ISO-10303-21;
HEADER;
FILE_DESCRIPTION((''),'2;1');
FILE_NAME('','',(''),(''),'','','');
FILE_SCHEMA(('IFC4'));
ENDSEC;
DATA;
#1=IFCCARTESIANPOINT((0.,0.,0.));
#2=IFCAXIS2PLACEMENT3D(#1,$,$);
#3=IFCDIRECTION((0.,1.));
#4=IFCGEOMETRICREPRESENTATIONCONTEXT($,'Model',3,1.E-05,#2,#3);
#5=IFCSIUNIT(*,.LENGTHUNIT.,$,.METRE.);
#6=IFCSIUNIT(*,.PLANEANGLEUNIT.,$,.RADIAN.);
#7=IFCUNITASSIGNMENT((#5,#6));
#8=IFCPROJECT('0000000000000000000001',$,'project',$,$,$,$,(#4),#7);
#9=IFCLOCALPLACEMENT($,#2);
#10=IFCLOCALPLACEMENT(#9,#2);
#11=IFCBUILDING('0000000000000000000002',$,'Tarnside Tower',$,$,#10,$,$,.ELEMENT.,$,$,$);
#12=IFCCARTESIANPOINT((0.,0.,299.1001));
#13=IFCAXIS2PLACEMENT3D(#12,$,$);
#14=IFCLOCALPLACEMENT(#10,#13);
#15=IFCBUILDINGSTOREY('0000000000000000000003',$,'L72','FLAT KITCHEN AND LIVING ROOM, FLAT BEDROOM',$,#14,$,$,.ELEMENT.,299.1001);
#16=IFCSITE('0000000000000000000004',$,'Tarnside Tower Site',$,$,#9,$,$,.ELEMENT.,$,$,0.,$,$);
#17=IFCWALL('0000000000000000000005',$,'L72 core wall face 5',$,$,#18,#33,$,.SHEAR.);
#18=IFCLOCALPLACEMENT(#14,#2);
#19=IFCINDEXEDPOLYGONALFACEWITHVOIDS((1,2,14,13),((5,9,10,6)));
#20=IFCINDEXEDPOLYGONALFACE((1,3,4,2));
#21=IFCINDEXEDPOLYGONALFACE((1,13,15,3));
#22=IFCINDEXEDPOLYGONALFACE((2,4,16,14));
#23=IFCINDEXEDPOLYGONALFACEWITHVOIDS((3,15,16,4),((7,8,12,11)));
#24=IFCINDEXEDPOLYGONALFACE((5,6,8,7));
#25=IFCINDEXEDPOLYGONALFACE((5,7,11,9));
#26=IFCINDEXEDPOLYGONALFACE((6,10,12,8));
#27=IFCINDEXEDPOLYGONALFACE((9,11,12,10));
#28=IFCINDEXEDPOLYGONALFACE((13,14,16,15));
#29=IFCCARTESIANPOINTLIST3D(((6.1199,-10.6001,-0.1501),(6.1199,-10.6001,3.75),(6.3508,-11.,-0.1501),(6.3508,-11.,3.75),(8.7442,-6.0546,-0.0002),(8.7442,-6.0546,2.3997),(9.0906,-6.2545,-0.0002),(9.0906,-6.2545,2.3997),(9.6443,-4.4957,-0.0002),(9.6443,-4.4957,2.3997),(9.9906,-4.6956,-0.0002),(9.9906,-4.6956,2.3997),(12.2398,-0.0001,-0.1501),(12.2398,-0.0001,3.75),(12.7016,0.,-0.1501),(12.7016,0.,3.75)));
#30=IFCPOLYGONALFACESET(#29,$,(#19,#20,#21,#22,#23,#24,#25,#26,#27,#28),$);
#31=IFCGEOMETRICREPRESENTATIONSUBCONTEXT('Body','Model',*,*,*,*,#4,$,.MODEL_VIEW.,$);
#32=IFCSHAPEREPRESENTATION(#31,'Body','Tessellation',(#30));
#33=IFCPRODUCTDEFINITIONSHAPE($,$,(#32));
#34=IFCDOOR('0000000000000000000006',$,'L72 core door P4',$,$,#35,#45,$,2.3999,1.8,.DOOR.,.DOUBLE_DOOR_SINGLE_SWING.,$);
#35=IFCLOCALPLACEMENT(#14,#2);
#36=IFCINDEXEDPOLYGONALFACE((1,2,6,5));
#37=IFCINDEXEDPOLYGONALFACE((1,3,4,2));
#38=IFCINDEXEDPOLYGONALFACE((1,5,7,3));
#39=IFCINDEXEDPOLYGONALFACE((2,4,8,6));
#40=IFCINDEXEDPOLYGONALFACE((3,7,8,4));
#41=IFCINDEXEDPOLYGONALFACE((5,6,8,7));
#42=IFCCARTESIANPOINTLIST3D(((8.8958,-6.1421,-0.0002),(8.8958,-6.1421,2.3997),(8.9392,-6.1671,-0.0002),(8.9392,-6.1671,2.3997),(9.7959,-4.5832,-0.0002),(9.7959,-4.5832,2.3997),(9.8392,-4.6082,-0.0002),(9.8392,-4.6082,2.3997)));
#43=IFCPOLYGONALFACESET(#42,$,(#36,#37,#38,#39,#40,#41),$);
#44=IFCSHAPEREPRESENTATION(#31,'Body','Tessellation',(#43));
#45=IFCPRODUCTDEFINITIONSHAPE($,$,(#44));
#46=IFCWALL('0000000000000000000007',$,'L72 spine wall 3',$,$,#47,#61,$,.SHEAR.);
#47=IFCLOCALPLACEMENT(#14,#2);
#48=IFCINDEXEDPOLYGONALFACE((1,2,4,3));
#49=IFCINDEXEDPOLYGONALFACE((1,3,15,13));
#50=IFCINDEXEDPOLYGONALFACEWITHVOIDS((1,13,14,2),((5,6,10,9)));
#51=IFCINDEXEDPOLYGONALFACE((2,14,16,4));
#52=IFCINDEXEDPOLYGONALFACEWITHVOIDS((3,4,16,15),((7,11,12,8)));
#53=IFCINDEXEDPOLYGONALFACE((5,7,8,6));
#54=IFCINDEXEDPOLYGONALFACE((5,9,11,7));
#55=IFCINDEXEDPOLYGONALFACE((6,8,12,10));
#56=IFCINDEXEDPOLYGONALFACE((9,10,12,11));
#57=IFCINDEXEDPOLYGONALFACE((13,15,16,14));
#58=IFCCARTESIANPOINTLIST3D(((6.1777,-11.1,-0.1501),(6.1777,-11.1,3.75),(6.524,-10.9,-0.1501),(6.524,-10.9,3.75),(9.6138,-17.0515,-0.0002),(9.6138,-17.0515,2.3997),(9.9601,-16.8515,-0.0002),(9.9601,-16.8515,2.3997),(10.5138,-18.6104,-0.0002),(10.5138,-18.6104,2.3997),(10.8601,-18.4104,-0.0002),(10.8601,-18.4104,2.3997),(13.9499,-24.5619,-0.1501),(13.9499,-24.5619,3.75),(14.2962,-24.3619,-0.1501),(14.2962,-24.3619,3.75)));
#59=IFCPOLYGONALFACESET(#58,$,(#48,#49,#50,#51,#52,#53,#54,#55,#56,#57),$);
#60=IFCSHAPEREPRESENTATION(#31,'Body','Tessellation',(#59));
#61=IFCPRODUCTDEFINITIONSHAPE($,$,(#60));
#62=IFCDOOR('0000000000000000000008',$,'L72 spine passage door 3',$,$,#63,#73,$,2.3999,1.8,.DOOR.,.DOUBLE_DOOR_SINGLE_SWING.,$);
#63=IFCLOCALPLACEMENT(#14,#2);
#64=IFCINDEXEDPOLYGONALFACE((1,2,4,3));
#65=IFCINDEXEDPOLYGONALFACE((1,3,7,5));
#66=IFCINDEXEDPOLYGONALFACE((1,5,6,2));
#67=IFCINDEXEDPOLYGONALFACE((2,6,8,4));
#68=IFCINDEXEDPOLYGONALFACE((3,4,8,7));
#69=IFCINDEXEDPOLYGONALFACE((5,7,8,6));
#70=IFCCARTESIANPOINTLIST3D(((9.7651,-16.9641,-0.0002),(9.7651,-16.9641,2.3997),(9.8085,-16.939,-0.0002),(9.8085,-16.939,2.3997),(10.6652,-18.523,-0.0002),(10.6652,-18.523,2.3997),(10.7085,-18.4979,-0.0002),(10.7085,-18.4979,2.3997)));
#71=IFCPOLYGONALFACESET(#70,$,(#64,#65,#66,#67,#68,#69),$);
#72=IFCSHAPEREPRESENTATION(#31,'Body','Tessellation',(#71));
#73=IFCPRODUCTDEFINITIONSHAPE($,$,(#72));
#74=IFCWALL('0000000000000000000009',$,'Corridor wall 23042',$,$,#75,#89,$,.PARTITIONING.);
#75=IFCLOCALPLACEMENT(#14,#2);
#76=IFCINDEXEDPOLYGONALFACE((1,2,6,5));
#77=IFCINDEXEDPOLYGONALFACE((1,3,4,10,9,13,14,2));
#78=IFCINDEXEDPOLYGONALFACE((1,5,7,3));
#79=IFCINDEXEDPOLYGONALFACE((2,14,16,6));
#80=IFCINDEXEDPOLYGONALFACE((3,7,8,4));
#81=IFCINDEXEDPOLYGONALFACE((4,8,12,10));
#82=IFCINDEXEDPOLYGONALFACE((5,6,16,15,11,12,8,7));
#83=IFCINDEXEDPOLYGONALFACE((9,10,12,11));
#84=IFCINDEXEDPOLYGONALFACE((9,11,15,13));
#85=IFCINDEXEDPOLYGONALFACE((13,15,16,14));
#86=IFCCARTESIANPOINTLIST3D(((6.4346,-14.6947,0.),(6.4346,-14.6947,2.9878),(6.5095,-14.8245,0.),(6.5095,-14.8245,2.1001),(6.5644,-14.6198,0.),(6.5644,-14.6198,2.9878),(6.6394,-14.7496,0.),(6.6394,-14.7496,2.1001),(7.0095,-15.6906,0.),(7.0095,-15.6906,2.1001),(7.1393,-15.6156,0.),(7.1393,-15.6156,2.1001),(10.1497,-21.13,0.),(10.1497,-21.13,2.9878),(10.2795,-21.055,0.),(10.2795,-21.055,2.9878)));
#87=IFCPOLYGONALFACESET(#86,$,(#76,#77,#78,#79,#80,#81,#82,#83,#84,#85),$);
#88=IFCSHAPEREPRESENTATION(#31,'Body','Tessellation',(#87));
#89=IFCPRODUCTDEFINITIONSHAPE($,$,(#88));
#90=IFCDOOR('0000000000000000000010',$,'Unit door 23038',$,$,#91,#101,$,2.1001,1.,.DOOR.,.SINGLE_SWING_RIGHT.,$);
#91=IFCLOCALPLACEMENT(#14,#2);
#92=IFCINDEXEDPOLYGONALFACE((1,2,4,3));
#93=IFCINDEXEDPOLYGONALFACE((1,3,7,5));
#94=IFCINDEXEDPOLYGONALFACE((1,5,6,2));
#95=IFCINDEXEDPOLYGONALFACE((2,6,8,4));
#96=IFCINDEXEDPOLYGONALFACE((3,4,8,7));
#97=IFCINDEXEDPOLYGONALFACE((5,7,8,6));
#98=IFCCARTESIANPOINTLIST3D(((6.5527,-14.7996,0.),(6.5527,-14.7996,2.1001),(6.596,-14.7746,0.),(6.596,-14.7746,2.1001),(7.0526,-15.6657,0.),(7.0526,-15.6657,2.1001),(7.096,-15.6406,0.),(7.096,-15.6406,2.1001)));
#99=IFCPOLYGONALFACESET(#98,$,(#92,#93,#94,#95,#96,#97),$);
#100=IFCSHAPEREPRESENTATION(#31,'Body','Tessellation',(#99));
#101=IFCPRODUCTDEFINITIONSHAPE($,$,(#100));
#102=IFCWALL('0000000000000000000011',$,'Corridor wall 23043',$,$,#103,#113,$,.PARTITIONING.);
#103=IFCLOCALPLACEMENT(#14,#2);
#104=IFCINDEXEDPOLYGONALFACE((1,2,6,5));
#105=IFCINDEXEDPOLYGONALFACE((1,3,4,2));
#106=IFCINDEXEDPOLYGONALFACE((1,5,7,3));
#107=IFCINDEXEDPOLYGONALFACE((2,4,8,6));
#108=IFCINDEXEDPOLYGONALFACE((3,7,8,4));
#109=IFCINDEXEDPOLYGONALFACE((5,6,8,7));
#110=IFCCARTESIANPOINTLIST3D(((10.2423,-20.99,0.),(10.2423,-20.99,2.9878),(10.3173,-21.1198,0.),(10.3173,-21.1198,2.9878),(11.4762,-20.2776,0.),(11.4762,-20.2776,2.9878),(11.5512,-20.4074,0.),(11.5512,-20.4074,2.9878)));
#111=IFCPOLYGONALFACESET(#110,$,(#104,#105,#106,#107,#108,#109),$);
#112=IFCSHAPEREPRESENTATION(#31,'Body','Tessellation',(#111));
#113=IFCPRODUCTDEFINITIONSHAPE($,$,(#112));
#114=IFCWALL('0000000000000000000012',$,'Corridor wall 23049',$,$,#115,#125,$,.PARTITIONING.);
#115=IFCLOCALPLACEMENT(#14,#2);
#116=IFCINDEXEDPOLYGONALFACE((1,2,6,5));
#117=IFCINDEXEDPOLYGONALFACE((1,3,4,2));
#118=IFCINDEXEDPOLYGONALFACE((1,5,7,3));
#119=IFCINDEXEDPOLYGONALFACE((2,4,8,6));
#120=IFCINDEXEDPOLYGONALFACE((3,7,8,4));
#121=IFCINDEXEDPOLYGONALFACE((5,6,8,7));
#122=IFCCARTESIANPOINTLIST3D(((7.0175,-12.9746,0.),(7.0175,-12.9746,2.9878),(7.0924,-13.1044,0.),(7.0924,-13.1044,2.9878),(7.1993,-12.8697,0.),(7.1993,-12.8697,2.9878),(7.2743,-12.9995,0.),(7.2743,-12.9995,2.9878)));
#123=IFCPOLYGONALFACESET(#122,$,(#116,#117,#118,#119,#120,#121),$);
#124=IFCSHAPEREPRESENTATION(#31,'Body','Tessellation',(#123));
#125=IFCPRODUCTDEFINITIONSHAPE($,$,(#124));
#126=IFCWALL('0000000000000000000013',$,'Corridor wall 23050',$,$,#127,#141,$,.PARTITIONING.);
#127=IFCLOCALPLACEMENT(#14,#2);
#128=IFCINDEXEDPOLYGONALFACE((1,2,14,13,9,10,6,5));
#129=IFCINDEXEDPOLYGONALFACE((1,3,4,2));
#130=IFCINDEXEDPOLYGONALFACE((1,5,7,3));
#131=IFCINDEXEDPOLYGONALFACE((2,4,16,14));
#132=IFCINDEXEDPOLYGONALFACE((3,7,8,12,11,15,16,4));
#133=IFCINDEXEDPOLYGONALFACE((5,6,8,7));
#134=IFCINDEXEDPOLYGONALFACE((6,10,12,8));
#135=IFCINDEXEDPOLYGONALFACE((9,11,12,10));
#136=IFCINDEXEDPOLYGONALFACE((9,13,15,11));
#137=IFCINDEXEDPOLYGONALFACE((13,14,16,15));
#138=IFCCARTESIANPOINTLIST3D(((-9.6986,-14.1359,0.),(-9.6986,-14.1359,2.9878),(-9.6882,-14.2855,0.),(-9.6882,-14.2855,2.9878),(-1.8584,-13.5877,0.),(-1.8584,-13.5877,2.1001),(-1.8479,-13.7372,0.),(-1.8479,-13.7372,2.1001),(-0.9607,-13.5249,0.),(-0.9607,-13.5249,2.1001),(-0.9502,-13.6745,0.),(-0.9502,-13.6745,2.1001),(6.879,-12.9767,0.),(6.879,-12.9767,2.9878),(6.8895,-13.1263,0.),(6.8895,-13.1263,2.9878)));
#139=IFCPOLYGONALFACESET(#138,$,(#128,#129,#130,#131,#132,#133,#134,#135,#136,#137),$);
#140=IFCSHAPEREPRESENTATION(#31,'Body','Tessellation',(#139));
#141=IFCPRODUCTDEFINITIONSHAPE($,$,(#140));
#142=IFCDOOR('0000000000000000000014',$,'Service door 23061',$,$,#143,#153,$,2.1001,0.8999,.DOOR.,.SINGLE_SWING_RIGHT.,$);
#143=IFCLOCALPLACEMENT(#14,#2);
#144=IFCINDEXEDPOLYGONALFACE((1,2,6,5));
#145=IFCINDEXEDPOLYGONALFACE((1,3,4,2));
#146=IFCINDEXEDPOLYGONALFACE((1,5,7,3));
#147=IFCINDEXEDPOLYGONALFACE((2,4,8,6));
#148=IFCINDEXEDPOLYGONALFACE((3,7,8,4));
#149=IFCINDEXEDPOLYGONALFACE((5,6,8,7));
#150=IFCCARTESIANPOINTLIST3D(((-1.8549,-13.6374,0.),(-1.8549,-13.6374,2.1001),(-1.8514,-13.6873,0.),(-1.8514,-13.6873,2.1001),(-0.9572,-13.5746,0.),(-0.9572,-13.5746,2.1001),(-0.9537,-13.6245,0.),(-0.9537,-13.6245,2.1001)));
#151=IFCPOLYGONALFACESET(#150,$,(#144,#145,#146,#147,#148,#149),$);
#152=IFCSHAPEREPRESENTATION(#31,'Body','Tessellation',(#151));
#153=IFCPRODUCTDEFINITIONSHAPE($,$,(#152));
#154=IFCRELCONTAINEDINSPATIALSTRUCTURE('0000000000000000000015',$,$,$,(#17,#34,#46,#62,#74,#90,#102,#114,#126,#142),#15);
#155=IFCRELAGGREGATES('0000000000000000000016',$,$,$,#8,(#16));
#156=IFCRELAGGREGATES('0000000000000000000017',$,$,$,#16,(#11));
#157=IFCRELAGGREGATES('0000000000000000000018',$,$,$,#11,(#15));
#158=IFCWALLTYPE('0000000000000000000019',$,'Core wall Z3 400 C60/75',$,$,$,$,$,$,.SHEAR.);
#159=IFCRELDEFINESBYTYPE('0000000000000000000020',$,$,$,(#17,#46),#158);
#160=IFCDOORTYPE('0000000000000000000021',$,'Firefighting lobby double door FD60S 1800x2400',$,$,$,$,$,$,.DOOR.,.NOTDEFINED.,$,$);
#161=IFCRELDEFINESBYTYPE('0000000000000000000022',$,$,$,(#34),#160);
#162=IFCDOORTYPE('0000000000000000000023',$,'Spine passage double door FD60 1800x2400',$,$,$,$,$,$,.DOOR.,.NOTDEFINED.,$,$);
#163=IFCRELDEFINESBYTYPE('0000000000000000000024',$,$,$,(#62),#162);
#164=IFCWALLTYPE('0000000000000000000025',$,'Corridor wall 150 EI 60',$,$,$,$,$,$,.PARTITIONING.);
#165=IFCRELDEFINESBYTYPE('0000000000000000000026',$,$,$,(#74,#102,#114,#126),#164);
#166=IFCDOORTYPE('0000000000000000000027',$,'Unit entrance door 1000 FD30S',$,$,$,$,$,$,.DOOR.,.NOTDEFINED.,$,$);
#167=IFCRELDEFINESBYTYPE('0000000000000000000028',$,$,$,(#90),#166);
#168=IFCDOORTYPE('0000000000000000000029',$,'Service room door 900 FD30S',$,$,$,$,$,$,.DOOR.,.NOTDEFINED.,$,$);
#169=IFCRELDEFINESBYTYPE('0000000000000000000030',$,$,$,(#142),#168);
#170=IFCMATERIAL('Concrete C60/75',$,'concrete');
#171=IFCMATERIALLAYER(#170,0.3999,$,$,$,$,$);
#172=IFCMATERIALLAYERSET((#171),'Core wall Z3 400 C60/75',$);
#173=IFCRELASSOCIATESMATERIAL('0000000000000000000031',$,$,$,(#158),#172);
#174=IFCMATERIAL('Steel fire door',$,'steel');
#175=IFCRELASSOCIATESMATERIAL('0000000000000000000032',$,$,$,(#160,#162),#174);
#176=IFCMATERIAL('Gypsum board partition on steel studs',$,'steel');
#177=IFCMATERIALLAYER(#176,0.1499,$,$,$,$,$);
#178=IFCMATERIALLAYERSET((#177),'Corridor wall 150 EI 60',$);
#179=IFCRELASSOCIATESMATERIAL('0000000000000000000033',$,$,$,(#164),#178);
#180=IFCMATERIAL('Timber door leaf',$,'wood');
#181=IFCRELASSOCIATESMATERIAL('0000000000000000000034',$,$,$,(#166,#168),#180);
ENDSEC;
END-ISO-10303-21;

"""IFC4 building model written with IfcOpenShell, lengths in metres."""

from ifc_helpers import new_model, si_unit, direction, frame, frame_2d, origin, place, context, subcontext, project, spatial, polyline, rectangle, outline, extrude, material, layer, layer_set, type_object, element, fill, save


model = new_model("IFC4")

# Units and contexts
model_context = context("Model", 3, precision=1e-05, world=origin(), true_north=direction((0.0, 1.0)))
body_context = subcontext(model_context, "Body", "Model", "MODEL_VIEW")
ifc_project = project(units=[si_unit("LENGTHUNIT", "METRE"), si_unit("PLANEANGLEUNIT", "RADIAN")], contexts=[model_context])

# Site, building, storey
site_placement = place(None, origin())
site = spatial("IfcSite", under=ifc_project, at=site_placement, Name="Tarnside Tower Site", CompositionType="ELEMENT", RefElevation=0.0)
building_placement = place(site_placement, origin())
building = spatial("IfcBuilding", under=site, at=building_placement, Name="Tarnside Tower", CompositionType="ELEMENT")
storey_placement = place(building_placement, frame((0.0, 0.0, 299.1001)))
storey = spatial("IfcBuildingStorey", under=building, at=storey_placement, Name="L72", Description="FLAT KITCHEN AND LIVING ROOM, FLAT BEDROOM", CompositionType="ELEMENT", Elevation=299.1001)

# Walls, openings, doors
ifc_material_1 = material(Name="Concrete C60/75", Category="concrete")
ifc_layer_1 = layer(ifc_material_1, 0.3999)
ifc_layer_set_1 = layer_set([ifc_layer_1], Name="Core wall Z3 400 C60/75")
wall_type_1 = type_object("IfcWallType", Name="Core wall Z3 400 C60/75", PredefinedType="SHEAR", material=ifc_layer_set_1)
wall_1_placement = place(storey_placement, frame((6.2354, -10.8, -0.1501), z_axis=(0.0, 0.0, 1.0), x_axis=(0.499996, 0.866027, 0.0)))
wall_1 = element("IfcWall", 1, at=wall_1_placement, inside=storey, type_object=wall_type_1, Name="L72 core wall face 5", PredefinedType="SHEAR", context=body_context, shape_type="SweptSolid", body=[
    extrude(outline(polyline([(-0.1155, -0.2), (12.5862, -0.2), (12.3552, 0.2), (0.1155, 0.2), (-0.1155, -0.2)])), origin(), (0.0, 0.0, 1.0), 3.9001),
])
opening_1_placement = place(wall_1_placement, frame((5.3643, 0.0, 0.1499)))
opening_1 = element("IfcOpeningElement", 2, at=opening_1_placement, cuts=wall_1, PredefinedType="OPENING", context=body_context, shape_type="SweptSolid", body=[
    extrude(rectangle(XDim=1.8, YDim=2.3999, at=frame_2d((0.8999, 1.2))), frame((0.0, 0.21, 0.0), z_axis=(0.0, -1.0, 0.0), x_axis=(1.0, 0.0, 0.0)), (0.0, 0.0, 1.0), 0.4199),
])
ifc_material_2 = material(Name="Steel fire door", Category="steel")
door_type_1 = type_object("IfcDoorType", Name="Firefighting lobby double door FD60S 1800x2400", OperationType="NOTDEFINED", PredefinedType="DOOR", material=ifc_material_2)
door_1_placement = place(opening_1_placement, origin())
door_1 = element("IfcDoor", 3, at=door_1_placement, inside=storey, type_object=door_type_1, Name="L72 core door P4", OperationType="DOUBLE_DOOR_SINGLE_SWING", OverallHeight=2.3999, OverallWidth=1.8, PredefinedType="DOOR", context=body_context, shape_type="SweptSolid", body=[
    extrude(rectangle(XDim=1.8, YDim=2.3999, at=frame_2d((0.8999, 1.2))), frame((0.0, 0.0249, 0.0), z_axis=(0.0, -1.0, 0.0), x_axis=(1.0, 0.0, 0.0)), (0.0, 0.0, 1.0), 0.05),
])
fill(opening_1, door_1)
wall_2_placement = place(storey_placement, frame((6.3508, -11.0, -0.1501), z_axis=(0.0, 0.0, 1.0), x_axis=(0.499999, -0.866026, 0.0)))
wall_2 = element("IfcWall", 4, at=wall_2_placement, inside=storey, type_object=wall_type_1, Name="L72 spine wall 3", PredefinedType="SHEAR", context=body_context, shape_type="SweptSolid", body=[
    extrude(rectangle(XDim=15.5444, YDim=0.3999, at=frame_2d((7.7722, 0.0))), origin(), (0.0, 0.0, 1.0), 3.9001),
])
opening_2_placement = place(wall_2_placement, frame((6.8723, 0.0, 0.1499)))
opening_2 = element("IfcOpeningElement", 5, at=opening_2_placement, cuts=wall_2, PredefinedType="OPENING", context=body_context, shape_type="SweptSolid", body=[
    extrude(rectangle(XDim=1.8, YDim=2.3999, at=frame_2d((0.8999, 1.2))), frame((0.0, 0.21, 0.0), z_axis=(0.0, -1.0, 0.0), x_axis=(1.0, 0.0, 0.0)), (0.0, 0.0, 1.0), 0.4199),
])
door_type_2 = type_object("IfcDoorType", Name="Spine passage double door FD60 1800x2400", OperationType="NOTDEFINED", PredefinedType="DOOR", material=ifc_material_2)
door_2_placement = place(opening_2_placement, origin())
door_2 = element("IfcDoor", 6, at=door_2_placement, inside=storey, type_object=door_type_2, Name="L72 spine passage door 3", OperationType="DOUBLE_DOOR_SINGLE_SWING", OverallHeight=2.3999, OverallWidth=1.8, PredefinedType="DOOR", context=body_context, shape_type="SweptSolid", body=[
    extrude(rectangle(XDim=1.8, YDim=2.3999, at=frame_2d((0.8999, 1.2))), frame((0.0, 0.0249, 0.0), z_axis=(0.0, -1.0, 0.0), x_axis=(1.0, 0.0, 0.0)), (0.0, 0.0, 1.0), 0.05),
])
fill(opening_2, door_2)
ifc_material_3 = material(Name="Gypsum board partition on steel studs", Category="steel")
ifc_layer_2 = layer(ifc_material_3, 0.1499)
ifc_layer_set_2 = layer_set([ifc_layer_2], Name="Corridor wall 150 EI 60")
wall_type_2 = type_object("IfcWallType", Name="Corridor wall 150 EI 60", PredefinedType="PARTITIONING", material=ifc_layer_set_2)
wall_3_placement = place(storey_placement, frame((6.4995, -14.6572, 0.0), z_axis=(0.0, 0.0, 1.0), x_axis=(0.499966, -0.866045, 0.0)))
wall_3 = element("IfcWall", 7, at=wall_3_placement, inside=storey, type_object=wall_type_2, Name="Corridor wall 23042", PredefinedType="PARTITIONING", context=body_context, shape_type="SweptSolid", body=[
    extrude(rectangle(XDim=7.4307, YDim=0.1499, at=frame_2d((3.7153, 0.0))), origin(), (0.0, 0.0, 1.0), 2.9878),
])
opening_3_placement = place(wall_3_placement, frame((0.1499, 0.0, 0.0)))
opening_3 = element("IfcOpeningElement", 8, at=opening_3_placement, cuts=wall_3, PredefinedType="OPENING", context=body_context, shape_type="SweptSolid", body=[
    extrude(rectangle(XDim=1.0, YDim=2.1001, at=frame_2d((0.5, 1.05))), frame((0.0, 0.085, 0.0), z_axis=(0.0, -1.0, 0.0), x_axis=(1.0, 0.0, 0.0)), (0.0, 0.0, 1.0), 0.1699),
])
ifc_material_4 = material(Name="Timber door leaf", Category="wood")
door_type_3 = type_object("IfcDoorType", Name="Unit entrance door 1000 FD30S", OperationType="NOTDEFINED", PredefinedType="DOOR", material=ifc_material_4)
door_3_placement = place(opening_3_placement, origin())
door_3 = element("IfcDoor", 9, at=door_3_placement, inside=storey, type_object=door_type_3, Name="Unit door 23038", OperationType="SINGLE_SWING_RIGHT", OverallHeight=2.1001, OverallWidth=1.0, PredefinedType="DOOR", context=body_context, shape_type="SweptSolid", body=[
    extrude(rectangle(XDim=1.0, YDim=2.1001, at=frame_2d((0.5, 1.05))), frame((0.0, 0.0249, 0.0), z_axis=(0.0, -1.0, 0.0), x_axis=(1.0, 0.0, 0.0)), (0.0, 0.0, 1.0), 0.05),
])
fill(opening_3, door_3)

# Walls
wall_4_placement = place(storey_placement, frame((10.2798, -21.0549, 0.0), z_axis=(0.0, 0.0, 1.0), x_axis=(0.86602, 0.500009, 0.0)))
element("IfcWall", 10, at=wall_4_placement, inside=storey, type_object=wall_type_2, Name="Corridor wall 23043", PredefinedType="PARTITIONING", context=body_context, shape_type="SweptSolid", body=[
    extrude(rectangle(XDim=1.4248, YDim=0.1499, at=frame_2d((0.7124, 0.0))), origin(), (0.0, 0.0, 1.0), 2.9878),
])
wall_5_placement = place(storey_placement, frame((7.2368, -12.9346, 0.0), z_axis=(0.0, 0.0, 1.0), x_axis=(-0.866089, -0.49989, 0.0)))
element("IfcWall", 11, at=wall_5_placement, inside=storey, type_object=wall_type_2, Name="Corridor wall 23049", PredefinedType="PARTITIONING", context=body_context, shape_type="SweptSolid", body=[
    extrude(rectangle(XDim=0.21, YDim=0.1499, at=frame_2d((0.105, 0.0))), origin(), (0.0, 0.0, 1.0), 2.9878),
])

# Wall, opening, door
wall_6_placement = place(storey_placement, frame((6.8843, -13.0515, 0.0), z_axis=(0.0, 0.0, 1.0), x_axis=(-0.997564, -0.069754, 0.0)))
wall_6 = element("IfcWall", 12, at=wall_6_placement, inside=storey, type_object=wall_type_2, Name="Corridor wall 23050", PredefinedType="PARTITIONING", context=body_context, shape_type="SweptSolid", body=[
    extrude(rectangle(XDim=16.6182, YDim=0.1499, at=frame_2d((8.3091, 0.0))), origin(), (0.0, 0.0, 1.0), 2.9878),
])
opening_4_placement = place(wall_6_placement, frame((7.8589, 0.0, 0.0)))
opening_4 = element("IfcOpeningElement", 13, at=opening_4_placement, cuts=wall_6, PredefinedType="OPENING", context=body_context, shape_type="SweptSolid", body=[
    extrude(rectangle(XDim=0.8999, YDim=2.1001, at=frame_2d((0.45, 1.05))), frame((0.0, 0.085, 0.0), z_axis=(0.0, -1.0, 0.0), x_axis=(1.0, 0.0, 0.0)), (0.0, 0.0, 1.0), 0.1699),
])
door_type_4 = type_object("IfcDoorType", Name="Service room door 900 FD30S", OperationType="NOTDEFINED", PredefinedType="DOOR", material=ifc_material_4)
door_4_placement = place(opening_4_placement, origin())
door_4 = element("IfcDoor", 14, at=door_4_placement, inside=storey, type_object=door_type_4, Name="Service door 23061", OperationType="SINGLE_SWING_RIGHT", OverallHeight=2.1001, OverallWidth=0.8999, PredefinedType="DOOR", context=body_context, shape_type="SweptSolid", body=[
    extrude(rectangle(XDim=0.8999, YDim=2.1001, at=frame_2d((0.45, 1.05))), frame((0.0, 0.0249, 0.0), z_axis=(0.0, -1.0, 0.0), x_axis=(1.0, 0.0, 0.0)), (0.0, 0.0, 1.0), 0.05),
])
fill(opening_4, door_4)

save(model, "model.ifc")
